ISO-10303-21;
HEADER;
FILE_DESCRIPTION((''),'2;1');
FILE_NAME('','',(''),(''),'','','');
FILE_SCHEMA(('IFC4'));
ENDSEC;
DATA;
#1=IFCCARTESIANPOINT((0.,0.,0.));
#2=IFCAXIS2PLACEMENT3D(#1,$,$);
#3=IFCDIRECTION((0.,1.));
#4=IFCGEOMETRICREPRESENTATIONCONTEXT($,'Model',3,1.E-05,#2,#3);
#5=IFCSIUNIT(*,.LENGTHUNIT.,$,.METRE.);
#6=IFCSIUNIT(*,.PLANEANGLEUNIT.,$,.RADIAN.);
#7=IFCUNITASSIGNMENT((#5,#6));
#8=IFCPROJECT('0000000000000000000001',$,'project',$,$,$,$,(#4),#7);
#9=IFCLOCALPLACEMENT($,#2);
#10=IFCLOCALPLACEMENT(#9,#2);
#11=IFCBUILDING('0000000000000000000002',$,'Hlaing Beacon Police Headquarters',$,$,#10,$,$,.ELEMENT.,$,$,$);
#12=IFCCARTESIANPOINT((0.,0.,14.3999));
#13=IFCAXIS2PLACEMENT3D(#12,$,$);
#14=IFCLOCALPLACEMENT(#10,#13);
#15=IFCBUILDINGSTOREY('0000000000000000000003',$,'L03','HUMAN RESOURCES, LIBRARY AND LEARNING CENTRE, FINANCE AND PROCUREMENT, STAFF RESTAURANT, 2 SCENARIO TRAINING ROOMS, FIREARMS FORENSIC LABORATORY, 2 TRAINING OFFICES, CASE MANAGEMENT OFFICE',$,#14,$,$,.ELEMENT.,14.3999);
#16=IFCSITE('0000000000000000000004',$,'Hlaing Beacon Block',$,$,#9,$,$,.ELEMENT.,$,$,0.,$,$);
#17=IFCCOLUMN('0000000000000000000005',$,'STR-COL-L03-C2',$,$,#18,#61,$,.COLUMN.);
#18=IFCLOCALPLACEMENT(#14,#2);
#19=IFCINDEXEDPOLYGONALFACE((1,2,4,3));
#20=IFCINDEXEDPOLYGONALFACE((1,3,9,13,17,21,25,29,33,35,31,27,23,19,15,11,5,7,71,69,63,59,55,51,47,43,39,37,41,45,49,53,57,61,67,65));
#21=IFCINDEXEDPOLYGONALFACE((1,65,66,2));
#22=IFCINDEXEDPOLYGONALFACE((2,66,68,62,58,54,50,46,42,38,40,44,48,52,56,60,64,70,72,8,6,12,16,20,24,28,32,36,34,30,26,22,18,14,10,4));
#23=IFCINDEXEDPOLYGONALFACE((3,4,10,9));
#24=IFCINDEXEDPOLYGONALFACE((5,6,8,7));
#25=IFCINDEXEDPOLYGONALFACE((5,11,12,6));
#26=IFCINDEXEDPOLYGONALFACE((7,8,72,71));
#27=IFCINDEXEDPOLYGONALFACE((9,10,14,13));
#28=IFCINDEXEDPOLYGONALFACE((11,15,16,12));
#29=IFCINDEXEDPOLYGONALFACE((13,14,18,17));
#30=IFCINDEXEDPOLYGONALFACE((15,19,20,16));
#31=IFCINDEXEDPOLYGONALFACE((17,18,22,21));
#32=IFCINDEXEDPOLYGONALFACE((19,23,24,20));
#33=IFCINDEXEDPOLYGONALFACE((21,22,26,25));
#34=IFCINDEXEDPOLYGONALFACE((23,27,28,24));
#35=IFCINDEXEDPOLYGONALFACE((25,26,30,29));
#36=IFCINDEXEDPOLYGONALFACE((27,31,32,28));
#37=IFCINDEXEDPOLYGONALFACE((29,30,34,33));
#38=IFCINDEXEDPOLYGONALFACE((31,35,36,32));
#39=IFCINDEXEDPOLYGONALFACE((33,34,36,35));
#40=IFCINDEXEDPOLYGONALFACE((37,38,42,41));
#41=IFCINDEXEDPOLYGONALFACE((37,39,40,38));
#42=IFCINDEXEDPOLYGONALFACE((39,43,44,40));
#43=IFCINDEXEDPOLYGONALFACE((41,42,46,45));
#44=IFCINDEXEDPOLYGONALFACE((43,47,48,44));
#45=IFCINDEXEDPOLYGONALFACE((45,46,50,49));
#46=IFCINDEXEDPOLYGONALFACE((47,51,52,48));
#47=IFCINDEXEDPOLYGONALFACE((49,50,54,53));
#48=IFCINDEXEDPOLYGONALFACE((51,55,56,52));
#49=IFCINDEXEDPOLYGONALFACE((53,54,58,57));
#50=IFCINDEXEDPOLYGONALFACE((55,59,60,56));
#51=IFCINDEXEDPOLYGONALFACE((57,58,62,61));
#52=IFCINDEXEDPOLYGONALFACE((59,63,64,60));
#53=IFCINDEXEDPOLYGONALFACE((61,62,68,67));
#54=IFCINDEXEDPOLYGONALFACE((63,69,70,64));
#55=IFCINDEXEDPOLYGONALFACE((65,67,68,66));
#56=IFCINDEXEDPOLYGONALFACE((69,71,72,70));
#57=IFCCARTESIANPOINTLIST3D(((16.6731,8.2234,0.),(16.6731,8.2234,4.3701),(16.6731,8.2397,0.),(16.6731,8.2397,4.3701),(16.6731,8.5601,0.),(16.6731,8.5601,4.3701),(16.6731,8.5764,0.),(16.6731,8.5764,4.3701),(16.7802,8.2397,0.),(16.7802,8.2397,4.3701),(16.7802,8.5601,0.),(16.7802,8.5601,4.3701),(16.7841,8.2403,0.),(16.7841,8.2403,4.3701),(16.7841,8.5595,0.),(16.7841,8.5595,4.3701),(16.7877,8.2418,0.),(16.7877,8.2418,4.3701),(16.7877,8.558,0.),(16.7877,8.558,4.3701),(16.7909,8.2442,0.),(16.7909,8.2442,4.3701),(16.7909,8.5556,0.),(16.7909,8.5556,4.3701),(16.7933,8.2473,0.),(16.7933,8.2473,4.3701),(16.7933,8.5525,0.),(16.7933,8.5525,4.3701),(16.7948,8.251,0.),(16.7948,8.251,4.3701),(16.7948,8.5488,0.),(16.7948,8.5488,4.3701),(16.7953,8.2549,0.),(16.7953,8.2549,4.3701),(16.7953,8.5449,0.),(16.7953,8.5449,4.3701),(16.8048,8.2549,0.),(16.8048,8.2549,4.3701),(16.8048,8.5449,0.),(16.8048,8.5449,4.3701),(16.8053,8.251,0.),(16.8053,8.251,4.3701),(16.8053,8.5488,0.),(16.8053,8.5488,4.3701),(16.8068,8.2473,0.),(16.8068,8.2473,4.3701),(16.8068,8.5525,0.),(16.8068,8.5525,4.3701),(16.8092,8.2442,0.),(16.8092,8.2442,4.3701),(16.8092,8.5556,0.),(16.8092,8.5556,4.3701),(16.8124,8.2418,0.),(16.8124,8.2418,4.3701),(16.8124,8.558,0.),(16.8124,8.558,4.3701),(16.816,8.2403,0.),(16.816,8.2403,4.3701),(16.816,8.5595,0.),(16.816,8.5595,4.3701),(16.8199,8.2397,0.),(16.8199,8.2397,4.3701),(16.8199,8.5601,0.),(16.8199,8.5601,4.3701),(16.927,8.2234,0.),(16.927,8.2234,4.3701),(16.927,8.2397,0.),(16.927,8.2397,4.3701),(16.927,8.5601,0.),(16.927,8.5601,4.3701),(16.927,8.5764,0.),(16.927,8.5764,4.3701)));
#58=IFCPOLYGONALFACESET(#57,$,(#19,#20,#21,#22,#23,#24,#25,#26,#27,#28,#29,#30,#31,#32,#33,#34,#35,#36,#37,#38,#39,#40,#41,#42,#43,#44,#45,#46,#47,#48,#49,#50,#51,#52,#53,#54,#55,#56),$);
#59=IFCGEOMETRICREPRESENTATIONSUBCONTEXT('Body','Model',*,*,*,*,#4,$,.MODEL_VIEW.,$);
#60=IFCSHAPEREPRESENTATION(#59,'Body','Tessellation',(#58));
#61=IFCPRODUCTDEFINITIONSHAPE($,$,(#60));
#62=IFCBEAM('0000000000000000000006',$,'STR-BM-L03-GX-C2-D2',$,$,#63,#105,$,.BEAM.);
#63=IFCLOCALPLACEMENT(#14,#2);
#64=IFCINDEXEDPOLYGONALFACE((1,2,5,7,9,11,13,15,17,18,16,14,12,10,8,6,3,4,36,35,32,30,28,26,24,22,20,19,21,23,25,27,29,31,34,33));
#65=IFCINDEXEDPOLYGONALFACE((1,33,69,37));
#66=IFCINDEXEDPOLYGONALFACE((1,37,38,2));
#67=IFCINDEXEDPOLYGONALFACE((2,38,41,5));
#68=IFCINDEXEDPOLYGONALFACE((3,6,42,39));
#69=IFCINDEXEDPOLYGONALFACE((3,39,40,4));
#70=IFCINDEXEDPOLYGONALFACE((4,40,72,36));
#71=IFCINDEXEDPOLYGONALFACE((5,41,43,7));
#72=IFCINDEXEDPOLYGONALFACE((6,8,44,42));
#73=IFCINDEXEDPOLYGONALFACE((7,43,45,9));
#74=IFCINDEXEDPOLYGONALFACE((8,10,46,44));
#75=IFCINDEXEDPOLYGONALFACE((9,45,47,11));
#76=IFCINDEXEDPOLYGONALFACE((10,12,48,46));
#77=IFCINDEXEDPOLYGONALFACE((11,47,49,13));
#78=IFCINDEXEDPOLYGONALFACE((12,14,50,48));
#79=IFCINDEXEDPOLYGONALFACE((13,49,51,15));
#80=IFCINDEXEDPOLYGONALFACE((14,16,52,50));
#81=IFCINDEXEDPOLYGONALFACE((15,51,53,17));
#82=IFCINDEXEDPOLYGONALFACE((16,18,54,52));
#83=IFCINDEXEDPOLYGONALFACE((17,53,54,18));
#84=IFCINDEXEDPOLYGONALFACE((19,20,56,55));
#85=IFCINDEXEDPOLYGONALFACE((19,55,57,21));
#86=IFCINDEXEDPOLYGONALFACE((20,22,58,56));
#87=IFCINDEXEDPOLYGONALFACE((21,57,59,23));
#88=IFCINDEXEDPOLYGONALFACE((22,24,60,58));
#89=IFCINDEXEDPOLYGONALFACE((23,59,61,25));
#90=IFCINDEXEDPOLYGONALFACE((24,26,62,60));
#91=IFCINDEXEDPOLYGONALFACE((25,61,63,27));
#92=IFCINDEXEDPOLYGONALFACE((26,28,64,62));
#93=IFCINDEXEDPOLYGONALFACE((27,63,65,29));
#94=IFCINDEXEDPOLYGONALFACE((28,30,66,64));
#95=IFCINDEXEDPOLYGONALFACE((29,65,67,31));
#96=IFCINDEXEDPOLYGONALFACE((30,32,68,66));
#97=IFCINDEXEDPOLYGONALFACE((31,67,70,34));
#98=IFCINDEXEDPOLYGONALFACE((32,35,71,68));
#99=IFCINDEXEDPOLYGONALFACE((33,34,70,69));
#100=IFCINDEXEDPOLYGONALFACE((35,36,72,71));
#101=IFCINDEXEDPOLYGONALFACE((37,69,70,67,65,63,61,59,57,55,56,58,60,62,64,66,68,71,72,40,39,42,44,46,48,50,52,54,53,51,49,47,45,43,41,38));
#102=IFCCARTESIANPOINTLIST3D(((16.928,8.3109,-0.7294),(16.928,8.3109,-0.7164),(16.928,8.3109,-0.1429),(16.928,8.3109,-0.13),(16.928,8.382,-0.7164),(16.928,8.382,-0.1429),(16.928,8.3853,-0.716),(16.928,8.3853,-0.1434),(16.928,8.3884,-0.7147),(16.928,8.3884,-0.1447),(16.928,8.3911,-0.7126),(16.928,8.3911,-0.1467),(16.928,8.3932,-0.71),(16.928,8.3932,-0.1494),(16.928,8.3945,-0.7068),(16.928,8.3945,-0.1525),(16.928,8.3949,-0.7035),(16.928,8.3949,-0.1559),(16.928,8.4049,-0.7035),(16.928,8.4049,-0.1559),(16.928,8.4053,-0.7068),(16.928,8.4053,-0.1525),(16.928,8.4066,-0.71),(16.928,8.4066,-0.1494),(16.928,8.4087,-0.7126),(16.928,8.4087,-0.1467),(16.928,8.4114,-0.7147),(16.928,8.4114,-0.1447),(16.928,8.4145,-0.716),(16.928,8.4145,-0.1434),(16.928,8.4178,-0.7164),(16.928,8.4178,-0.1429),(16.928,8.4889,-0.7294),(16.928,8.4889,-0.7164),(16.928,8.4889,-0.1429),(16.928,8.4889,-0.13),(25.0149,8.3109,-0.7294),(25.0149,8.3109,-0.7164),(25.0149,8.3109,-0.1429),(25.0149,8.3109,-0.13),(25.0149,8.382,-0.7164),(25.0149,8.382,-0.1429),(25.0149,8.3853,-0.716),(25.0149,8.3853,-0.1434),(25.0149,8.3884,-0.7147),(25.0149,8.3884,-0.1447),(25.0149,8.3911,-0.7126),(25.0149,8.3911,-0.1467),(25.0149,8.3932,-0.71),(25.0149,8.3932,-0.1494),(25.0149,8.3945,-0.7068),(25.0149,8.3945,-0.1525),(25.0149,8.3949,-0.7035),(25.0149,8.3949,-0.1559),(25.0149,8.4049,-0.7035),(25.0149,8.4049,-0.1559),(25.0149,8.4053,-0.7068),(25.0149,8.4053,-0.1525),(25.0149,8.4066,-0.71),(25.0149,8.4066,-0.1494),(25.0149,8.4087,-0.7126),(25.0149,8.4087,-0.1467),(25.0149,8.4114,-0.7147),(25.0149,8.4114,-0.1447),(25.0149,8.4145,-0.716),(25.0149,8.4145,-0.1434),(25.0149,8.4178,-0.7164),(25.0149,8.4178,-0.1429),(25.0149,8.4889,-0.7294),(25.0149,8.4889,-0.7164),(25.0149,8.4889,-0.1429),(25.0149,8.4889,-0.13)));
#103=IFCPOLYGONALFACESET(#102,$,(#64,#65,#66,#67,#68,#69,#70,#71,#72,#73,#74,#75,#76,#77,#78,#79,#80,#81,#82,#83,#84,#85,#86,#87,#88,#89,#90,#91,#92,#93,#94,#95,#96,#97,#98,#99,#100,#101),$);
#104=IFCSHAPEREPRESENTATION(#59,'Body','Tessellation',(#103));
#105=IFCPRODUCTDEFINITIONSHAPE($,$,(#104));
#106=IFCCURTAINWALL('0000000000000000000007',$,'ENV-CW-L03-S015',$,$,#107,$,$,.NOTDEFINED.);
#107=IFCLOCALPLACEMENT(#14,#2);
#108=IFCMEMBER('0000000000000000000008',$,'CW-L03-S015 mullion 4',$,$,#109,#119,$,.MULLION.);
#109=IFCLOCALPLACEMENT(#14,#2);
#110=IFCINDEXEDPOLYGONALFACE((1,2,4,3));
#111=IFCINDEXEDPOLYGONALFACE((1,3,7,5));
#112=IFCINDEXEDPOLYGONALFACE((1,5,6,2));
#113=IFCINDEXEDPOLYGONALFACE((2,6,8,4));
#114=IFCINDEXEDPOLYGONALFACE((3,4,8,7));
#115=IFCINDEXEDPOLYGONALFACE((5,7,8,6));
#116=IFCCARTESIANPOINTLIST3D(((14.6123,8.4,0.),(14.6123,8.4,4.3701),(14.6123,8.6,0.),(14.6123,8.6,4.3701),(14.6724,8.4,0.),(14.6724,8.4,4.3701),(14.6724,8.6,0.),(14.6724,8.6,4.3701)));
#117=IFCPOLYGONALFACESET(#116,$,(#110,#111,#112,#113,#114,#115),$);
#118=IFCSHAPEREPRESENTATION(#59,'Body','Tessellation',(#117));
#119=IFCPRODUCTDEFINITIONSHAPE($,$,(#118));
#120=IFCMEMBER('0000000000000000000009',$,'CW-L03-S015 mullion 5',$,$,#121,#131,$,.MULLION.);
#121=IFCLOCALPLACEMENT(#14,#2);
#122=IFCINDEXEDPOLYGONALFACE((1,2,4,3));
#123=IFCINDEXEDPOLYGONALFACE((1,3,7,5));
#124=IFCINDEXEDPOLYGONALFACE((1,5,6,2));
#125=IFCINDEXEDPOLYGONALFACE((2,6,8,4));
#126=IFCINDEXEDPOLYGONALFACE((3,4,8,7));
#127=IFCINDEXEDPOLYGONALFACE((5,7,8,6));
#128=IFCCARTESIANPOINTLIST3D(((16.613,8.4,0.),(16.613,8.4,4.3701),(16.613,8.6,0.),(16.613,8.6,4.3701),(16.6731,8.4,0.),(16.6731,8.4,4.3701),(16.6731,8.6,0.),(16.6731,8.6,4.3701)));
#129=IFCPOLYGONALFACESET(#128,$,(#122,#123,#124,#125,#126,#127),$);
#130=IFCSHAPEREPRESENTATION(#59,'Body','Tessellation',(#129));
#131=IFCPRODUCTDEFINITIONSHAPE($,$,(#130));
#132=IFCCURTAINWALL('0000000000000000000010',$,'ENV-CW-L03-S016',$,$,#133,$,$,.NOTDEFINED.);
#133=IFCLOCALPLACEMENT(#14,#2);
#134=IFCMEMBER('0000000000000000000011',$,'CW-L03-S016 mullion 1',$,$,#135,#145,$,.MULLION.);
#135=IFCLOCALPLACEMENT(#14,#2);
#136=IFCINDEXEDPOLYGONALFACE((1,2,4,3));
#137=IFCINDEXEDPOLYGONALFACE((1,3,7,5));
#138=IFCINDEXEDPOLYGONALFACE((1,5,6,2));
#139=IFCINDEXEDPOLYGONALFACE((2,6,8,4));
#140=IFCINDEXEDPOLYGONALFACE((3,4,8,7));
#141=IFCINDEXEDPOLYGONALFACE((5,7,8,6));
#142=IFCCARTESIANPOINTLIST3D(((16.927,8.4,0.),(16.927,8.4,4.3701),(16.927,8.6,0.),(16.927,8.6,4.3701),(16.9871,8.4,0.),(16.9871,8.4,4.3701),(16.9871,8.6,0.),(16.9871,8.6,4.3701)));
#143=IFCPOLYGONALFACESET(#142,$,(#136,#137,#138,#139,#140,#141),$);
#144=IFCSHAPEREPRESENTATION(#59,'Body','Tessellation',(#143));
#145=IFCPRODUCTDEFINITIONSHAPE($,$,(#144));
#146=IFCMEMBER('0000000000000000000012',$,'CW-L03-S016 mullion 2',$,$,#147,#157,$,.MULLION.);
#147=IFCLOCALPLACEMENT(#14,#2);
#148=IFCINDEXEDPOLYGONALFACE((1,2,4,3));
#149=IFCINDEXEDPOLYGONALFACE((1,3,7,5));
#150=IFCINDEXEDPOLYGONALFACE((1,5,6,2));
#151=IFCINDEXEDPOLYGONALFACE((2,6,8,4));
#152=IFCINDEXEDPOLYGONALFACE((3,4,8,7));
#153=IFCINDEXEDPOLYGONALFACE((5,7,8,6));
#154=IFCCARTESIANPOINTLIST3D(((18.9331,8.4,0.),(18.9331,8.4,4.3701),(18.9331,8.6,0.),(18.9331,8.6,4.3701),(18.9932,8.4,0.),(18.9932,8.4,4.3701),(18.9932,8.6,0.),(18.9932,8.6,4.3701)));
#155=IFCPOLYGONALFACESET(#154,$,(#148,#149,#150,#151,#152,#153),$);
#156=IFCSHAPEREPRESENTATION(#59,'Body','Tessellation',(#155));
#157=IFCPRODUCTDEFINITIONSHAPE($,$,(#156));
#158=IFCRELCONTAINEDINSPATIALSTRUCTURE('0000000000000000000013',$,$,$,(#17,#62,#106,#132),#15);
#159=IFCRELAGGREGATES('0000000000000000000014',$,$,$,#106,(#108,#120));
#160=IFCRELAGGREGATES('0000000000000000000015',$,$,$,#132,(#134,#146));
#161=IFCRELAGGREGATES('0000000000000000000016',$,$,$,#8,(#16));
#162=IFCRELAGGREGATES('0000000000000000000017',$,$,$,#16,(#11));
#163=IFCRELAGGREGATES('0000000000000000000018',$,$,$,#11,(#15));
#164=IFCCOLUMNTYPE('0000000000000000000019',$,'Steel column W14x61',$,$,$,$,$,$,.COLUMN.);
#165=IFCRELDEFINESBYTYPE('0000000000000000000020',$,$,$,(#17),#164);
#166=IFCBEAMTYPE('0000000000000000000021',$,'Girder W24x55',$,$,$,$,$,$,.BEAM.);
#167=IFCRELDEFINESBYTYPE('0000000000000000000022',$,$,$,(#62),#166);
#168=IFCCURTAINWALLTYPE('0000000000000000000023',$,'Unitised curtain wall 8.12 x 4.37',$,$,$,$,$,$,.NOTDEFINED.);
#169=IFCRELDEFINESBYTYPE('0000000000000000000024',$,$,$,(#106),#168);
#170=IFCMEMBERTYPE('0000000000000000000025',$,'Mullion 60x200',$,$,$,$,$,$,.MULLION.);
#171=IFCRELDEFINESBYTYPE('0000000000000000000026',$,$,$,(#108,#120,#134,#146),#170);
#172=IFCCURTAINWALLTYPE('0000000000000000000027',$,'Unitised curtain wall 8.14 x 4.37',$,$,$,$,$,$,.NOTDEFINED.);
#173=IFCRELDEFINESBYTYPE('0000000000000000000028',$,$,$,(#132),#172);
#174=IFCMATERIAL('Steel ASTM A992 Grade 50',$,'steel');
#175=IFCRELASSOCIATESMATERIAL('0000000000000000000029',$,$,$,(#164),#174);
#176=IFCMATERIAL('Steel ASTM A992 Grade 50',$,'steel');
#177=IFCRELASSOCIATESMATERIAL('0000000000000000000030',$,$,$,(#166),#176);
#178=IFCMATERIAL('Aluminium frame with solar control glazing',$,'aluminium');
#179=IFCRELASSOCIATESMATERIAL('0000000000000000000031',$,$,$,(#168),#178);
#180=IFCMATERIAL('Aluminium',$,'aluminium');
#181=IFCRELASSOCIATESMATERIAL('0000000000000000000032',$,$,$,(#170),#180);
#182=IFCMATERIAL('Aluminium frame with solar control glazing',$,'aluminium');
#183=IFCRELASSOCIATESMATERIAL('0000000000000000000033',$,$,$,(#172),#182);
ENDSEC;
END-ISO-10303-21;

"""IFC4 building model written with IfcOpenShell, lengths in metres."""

from ifc_helpers import new_model, si_unit, direction, frame, origin, origin_2d, place, context, subcontext, project, spatial, rectangle, i_section, extrude, material, material_profile, profile_set, type_object, element, aggregate, save


model = new_model("IFC4")

# Units and contexts
model_context = context("Model", 3, precision=1e-05, world=origin(), true_north=direction((0.0, 1.0)))
body_context = subcontext(model_context, "Body", "Model", "MODEL_VIEW")
ifc_project = project(units=[si_unit("LENGTHUNIT", "METRE"), si_unit("PLANEANGLEUNIT", "RADIAN")], contexts=[model_context])

# Site, building, storey
site_placement = place(None, origin())
site = spatial("IfcSite", under=ifc_project, at=site_placement, Name="Hlaing Beacon Block", CompositionType="ELEMENT", RefElevation=0.0)
building_placement = place(site_placement, origin())
building = spatial("IfcBuilding", under=site, at=building_placement, Name="Hlaing Beacon Police Headquarters", CompositionType="ELEMENT")
storey_placement = place(building_placement, frame((0.0, 0.0, 14.3999)))
storey = spatial("IfcBuildingStorey", under=building, at=storey_placement, Name="L03", Description="HUMAN RESOURCES, LIBRARY AND LEARNING CENTRE, FINANCE AND PROCUREMENT, STAFF RESTAURANT, 2 SCENARIO TRAINING ROOMS, FIREARMS FORENSIC LABORATORY, 2 TRAINING OFFICES, CASE MANAGEMENT OFFICE", CompositionType="ELEMENT", Elevation=14.3999)

# Column
ifc_material_1 = material(Name="Steel ASTM A992 Grade 50", Category="steel")
ifc_material_profile_1 = material_profile(ifc_material_1, i_section(OverallWidth=0.2539, OverallDepth=0.353, WebThickness=0.0095, FlangeThickness=0.0164, FilletRadius=0.0151, at=origin_2d()), Name="W14x61")
ifc_profile_set_1 = profile_set([ifc_material_profile_1], Name="Steel ASTM A992 Grade 50")
column_type = type_object("IfcColumnType", Name="Steel column W14x61", PredefinedType="COLUMN", material=ifc_profile_set_1)
column_placement = place(storey_placement, frame((16.8, 8.3999, 0.0), z_axis=(0.0, 0.0, 1.0), x_axis=(1.0, 0.0, 0.0)))
element("IfcColumn", 1, at=column_placement, inside=storey, type_object=column_type, Name="STR-COL-L03-C2", PredefinedType="COLUMN", context=body_context, shape_type="SweptSolid", body=[
    extrude(i_section(OverallWidth=0.2539, OverallDepth=0.353, WebThickness=0.0095, FlangeThickness=0.0164, FilletRadius=0.0151, at=origin_2d()), origin(), (0.0, 0.0, 1.0), 4.3701),
])

# Beam
ifc_material_2 = material(Name="Steel ASTM A992 Grade 50", Category="steel")
ifc_material_profile_2 = material_profile(ifc_material_2, i_section(OverallWidth=0.178, OverallDepth=0.5994, WebThickness=0.01, FlangeThickness=0.0129, FilletRadius=0.0129, at=origin_2d()), Name="W24x55")
ifc_profile_set_2 = profile_set([ifc_material_profile_2], Name="Steel ASTM A992 Grade 50")
beam_type_1 = type_object("IfcBeamType", Name="Girder W24x55", PredefinedType="BEAM", material=ifc_profile_set_2)
beam_1_placement = place(storey_placement, frame((16.928, 8.3999, -0.4297), z_axis=(1.0, 0.0, 0.0), x_axis=(0.0, 1.0, 0.0)))
element("IfcBeam", 2, at=beam_1_placement, inside=storey, type_object=beam_type_1, Name="STR-BM-L03-GX-C2-D2", PredefinedType="BEAM", context=body_context, shape_type="SweptSolid", body=[
    extrude(i_section(OverallWidth=0.178, OverallDepth=0.5994, WebThickness=0.01, FlangeThickness=0.0129, FilletRadius=0.0129, at=origin_2d()), origin(), (0.0, 0.0, 1.0), 8.0869),
])

# Curtain walls, members
ifc_material_3 = material(Name="Aluminium frame with solar control glazing", Category="aluminium")
curtain_wall_type_1 = type_object("IfcCurtainWallType", Name="Unitised curtain wall 8.12 x 4.37", PredefinedType="NOTDEFINED", material=ifc_material_3)
curtain_wall_1_placement = place(storey_placement, origin())
curtain_wall_1 = element("IfcCurtainWall", 3, at=curtain_wall_1_placement, inside=storey, type_object=curtain_wall_type_1, Name="ENV-CW-L03-S015", PredefinedType="NOTDEFINED")
ifc_material_4 = material(Name="Aluminium", Category="aluminium")
ifc_material_profile_3 = material_profile(ifc_material_4, rectangle(XDim=0.2, YDim=0.0601, at=origin_2d()), Name="Mullion 60x200")
ifc_profile_set_3 = profile_set([ifc_material_profile_3], Name="Aluminium")
member_type_1 = type_object("IfcMemberType", Name="Mullion 60x200", PredefinedType="MULLION", material=ifc_profile_set_3)
member_1_placement = place(storey_placement, frame((14.6423, 8.5, 0.0), z_axis=(0.0, 0.0, 1.0), x_axis=(0.0, 1.0, 0.0)))
member_1 = element("IfcMember", 4, at=member_1_placement, type_object=member_type_1, Name="CW-L03-S015 mullion 4", PredefinedType="MULLION", context=body_context, shape_type="SweptSolid", body=[
    extrude(rectangle(XDim=0.2, YDim=0.0601, at=origin_2d()), origin(), (0.0, 0.0, 1.0), 4.3701),
])
member_2_placement = place(storey_placement, frame((16.6431, 8.5, 0.0), z_axis=(0.0, 0.0, 1.0), x_axis=(0.0, 1.0, 0.0)))
member_2 = element("IfcMember", 5, at=member_2_placement, type_object=member_type_1, Name="CW-L03-S015 mullion 5", PredefinedType="MULLION", context=body_context, shape_type="SweptSolid", body=[
    extrude(rectangle(XDim=0.2, YDim=0.0601, at=origin_2d()), origin(), (0.0, 0.0, 1.0), 4.3701),
])
ifc_material_5 = material(Name="Aluminium frame with solar control glazing", Category="aluminium")
curtain_wall_type_2 = type_object("IfcCurtainWallType", Name="Unitised curtain wall 8.14 x 4.37", PredefinedType="NOTDEFINED", material=ifc_material_5)
curtain_wall_2_placement = place(storey_placement, origin())
curtain_wall_2 = element("IfcCurtainWall", 6, at=curtain_wall_2_placement, inside=storey, type_object=curtain_wall_type_2, Name="ENV-CW-L03-S016", PredefinedType="NOTDEFINED")
member_3_placement = place(storey_placement, frame((16.957, 8.5, 0.0), z_axis=(0.0, 0.0, 1.0), x_axis=(0.0, 1.0, 0.0)))
member_3 = element("IfcMember", 7, at=member_3_placement, type_object=member_type_1, Name="CW-L03-S016 mullion 1", PredefinedType="MULLION", context=body_context, shape_type="SweptSolid", body=[
    extrude(rectangle(XDim=0.2, YDim=0.0601, at=origin_2d()), origin(), (0.0, 0.0, 1.0), 4.3701),
])
member_4_placement = place(storey_placement, frame((18.9631, 8.5, 0.0), z_axis=(0.0, 0.0, 1.0), x_axis=(0.0, 1.0, 0.0)))
member_4 = element("IfcMember", 8, at=member_4_placement, type_object=member_type_1, Name="CW-L03-S016 mullion 2", PredefinedType="MULLION", context=body_context, shape_type="SweptSolid", body=[
    extrude(rectangle(XDim=0.2, YDim=0.0601, at=origin_2d()), origin(), (0.0, 0.0, 1.0), 4.3701),
])

aggregate(curtain_wall_1, [member_1, member_2])
aggregate(curtain_wall_2, [member_3, member_4])

save(model, "model.ifc")
